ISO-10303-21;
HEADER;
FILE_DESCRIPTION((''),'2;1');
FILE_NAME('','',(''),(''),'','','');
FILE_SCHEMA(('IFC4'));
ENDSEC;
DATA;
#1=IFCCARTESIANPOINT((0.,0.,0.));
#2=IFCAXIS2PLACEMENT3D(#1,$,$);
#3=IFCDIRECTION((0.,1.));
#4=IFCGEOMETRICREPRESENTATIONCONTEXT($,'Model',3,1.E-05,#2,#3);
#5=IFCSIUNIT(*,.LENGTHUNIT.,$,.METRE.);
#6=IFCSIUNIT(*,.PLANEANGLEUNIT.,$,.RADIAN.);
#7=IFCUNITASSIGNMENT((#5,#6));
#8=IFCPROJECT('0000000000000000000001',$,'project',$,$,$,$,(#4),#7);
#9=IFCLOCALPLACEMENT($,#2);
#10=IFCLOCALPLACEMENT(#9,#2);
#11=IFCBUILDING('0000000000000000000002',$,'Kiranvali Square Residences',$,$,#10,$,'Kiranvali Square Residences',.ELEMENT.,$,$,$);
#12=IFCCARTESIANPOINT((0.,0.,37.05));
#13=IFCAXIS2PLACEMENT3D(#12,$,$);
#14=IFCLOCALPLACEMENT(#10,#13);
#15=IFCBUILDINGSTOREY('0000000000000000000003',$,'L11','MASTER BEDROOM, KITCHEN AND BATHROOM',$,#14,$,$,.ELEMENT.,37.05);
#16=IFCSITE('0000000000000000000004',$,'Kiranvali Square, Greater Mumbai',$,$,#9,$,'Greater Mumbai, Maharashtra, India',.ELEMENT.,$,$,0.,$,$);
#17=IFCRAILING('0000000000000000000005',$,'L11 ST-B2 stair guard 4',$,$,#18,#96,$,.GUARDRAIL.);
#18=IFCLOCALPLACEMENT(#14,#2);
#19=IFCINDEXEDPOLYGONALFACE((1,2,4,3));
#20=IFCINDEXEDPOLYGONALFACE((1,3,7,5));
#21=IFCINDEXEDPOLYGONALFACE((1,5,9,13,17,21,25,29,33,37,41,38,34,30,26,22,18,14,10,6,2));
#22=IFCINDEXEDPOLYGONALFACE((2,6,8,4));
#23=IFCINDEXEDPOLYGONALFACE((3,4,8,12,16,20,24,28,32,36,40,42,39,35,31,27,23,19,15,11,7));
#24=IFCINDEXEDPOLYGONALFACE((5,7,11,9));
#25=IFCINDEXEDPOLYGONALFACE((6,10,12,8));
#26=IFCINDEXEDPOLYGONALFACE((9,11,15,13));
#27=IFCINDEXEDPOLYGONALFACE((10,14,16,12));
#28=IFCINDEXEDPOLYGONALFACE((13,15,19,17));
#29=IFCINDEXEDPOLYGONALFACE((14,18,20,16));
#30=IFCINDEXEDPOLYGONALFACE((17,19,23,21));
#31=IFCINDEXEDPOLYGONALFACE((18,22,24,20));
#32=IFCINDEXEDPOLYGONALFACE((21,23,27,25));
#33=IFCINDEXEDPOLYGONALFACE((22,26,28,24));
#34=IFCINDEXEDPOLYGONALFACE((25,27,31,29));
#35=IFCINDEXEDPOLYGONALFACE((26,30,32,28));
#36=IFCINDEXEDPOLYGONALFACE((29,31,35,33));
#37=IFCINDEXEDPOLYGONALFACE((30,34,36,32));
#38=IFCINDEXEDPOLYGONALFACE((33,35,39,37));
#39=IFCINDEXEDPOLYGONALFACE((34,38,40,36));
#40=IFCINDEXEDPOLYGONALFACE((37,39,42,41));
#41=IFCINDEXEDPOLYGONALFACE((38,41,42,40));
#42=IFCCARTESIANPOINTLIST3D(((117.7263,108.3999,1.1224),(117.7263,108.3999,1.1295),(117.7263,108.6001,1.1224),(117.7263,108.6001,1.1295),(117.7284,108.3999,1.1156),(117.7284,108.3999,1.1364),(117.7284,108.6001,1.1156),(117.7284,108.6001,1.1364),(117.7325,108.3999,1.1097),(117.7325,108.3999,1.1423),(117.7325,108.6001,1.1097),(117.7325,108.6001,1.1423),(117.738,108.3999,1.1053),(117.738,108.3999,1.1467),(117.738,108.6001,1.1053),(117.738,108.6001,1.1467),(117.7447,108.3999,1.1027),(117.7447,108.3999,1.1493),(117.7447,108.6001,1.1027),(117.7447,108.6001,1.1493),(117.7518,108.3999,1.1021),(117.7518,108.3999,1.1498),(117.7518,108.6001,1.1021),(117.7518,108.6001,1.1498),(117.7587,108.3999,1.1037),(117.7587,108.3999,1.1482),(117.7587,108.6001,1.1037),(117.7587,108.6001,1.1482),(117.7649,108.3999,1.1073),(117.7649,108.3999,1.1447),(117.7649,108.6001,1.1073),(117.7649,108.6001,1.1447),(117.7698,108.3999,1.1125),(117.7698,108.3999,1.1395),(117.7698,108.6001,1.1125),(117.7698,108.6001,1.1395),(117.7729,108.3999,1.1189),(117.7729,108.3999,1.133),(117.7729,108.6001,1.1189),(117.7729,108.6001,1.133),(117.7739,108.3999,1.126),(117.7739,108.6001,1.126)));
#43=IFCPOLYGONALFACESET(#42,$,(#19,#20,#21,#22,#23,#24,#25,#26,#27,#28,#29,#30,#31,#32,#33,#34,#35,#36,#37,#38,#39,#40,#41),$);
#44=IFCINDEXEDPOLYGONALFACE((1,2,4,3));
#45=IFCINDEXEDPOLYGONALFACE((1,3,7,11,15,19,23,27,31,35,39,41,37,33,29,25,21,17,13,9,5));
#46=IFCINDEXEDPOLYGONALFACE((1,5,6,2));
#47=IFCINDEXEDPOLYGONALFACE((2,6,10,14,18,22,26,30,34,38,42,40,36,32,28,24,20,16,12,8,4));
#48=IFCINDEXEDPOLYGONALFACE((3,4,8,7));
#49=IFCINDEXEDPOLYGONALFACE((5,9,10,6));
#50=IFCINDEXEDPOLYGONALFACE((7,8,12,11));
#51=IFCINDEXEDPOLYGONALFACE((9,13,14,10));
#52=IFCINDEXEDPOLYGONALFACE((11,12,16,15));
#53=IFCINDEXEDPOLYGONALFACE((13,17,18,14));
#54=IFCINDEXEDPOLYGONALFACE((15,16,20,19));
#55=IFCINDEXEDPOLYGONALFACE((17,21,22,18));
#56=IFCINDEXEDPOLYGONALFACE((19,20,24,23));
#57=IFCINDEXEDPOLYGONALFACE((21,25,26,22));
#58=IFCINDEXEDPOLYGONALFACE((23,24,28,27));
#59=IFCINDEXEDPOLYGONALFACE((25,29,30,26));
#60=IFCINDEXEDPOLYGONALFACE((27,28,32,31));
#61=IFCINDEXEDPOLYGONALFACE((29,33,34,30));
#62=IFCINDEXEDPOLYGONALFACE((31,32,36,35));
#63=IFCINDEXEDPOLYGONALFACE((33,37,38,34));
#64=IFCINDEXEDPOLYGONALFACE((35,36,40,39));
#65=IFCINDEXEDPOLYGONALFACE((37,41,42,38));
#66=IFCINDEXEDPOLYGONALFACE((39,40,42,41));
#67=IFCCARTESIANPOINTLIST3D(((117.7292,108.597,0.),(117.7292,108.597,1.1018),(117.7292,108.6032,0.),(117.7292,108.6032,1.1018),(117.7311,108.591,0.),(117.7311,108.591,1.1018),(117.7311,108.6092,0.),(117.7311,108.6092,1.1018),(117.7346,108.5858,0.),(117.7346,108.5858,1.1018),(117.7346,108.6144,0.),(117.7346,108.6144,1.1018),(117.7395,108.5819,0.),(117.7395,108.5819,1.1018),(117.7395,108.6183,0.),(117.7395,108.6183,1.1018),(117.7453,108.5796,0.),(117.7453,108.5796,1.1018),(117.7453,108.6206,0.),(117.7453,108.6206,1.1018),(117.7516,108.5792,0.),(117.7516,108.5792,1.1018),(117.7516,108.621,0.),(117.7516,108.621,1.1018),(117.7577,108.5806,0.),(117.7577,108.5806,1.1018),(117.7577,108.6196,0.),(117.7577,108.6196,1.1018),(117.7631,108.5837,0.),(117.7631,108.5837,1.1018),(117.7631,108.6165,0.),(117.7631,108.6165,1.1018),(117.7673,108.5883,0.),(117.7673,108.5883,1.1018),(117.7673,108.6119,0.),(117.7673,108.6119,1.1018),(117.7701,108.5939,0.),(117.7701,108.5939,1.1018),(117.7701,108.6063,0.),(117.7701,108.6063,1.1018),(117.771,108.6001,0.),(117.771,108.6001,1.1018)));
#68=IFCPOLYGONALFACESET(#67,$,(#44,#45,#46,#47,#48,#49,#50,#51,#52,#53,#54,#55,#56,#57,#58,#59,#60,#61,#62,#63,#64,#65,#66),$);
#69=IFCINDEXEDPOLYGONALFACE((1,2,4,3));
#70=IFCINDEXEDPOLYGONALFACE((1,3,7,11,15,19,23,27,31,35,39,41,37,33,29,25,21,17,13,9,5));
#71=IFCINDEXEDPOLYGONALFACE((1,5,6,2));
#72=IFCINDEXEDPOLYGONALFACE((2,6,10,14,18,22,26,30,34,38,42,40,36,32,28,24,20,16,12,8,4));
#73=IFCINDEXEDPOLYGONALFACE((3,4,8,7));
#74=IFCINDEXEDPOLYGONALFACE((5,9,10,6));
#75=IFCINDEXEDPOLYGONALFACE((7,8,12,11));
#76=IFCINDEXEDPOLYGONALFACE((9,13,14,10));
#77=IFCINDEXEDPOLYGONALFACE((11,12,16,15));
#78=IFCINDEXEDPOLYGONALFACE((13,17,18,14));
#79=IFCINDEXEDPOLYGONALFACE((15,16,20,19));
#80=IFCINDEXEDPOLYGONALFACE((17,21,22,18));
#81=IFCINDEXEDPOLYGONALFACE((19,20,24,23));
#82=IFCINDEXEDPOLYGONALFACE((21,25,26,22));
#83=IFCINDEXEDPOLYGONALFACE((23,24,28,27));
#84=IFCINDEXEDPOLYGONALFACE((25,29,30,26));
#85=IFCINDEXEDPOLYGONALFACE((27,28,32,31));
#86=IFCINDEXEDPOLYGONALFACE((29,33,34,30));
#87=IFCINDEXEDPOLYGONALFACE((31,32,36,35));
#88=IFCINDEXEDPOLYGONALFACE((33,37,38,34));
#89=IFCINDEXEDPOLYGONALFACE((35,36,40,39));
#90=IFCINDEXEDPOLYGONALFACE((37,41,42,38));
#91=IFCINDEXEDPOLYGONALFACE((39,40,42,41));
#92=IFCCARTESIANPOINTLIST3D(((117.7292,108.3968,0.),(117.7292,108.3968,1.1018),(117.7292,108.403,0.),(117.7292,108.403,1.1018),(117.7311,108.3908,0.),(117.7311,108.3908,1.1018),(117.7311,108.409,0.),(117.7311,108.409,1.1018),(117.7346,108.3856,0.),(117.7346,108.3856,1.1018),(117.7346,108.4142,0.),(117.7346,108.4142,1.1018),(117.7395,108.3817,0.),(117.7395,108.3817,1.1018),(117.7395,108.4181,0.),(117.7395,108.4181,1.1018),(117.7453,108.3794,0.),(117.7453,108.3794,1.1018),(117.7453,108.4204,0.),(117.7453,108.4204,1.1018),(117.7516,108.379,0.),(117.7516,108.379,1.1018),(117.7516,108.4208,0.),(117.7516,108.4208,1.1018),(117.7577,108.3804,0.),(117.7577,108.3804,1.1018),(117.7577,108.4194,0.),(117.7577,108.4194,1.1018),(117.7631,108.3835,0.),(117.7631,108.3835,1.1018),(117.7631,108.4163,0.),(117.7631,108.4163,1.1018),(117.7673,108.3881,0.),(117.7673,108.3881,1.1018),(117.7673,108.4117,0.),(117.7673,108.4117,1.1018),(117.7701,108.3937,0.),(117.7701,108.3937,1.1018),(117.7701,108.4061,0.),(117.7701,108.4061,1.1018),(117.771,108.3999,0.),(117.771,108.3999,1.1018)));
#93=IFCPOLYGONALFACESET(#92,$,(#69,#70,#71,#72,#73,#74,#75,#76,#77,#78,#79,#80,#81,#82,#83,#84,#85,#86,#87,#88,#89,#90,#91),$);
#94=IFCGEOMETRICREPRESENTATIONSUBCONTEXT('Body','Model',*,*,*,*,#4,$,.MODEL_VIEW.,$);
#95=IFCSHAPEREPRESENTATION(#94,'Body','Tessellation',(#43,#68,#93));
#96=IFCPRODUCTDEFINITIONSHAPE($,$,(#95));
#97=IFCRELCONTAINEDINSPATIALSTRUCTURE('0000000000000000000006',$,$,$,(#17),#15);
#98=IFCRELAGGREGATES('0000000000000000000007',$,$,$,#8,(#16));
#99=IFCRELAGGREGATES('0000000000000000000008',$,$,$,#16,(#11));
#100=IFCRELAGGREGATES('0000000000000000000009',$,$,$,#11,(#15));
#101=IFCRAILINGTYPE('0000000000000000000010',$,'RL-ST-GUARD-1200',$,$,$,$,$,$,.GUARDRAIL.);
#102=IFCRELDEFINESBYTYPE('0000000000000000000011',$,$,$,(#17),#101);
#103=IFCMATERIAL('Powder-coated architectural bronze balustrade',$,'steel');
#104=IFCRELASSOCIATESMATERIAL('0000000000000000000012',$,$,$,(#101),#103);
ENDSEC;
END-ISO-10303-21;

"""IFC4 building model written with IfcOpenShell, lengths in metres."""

from ifc_helpers import new_model, si_unit, direction, frame, origin, origin_2d, place, context, subcontext, project, spatial, circle, extrude, material, type_object, element, save


model = new_model("IFC4")

# Units and contexts
model_context = context("Model", 3, precision=1e-05, world=origin(), true_north=direction((0.0, 1.0)))
body_context = subcontext(model_context, "Body", "Model", "MODEL_VIEW")
ifc_project = project(units=[si_unit("LENGTHUNIT", "METRE"), si_unit("PLANEANGLEUNIT", "RADIAN")], contexts=[model_context])

# Site, building, storey
site_placement = place(None, origin())
site = spatial("IfcSite", under=ifc_project, at=site_placement, Name="Kiranvali Square, Greater Mumbai", LongName="Greater Mumbai, Maharashtra, India", CompositionType="ELEMENT", RefElevation=0.0)
building_placement = place(site_placement, origin())
building = spatial("IfcBuilding", under=site, at=building_placement, Name="Kiranvali Square Residences", LongName="Kiranvali Square Residences", CompositionType="ELEMENT")
storey_placement = place(building_placement, frame((0.0, 0.0, 37.05)))
storey = spatial("IfcBuildingStorey", under=building, at=storey_placement, Name="L11", Description="MASTER BEDROOM, KITCHEN AND BATHROOM", CompositionType="ELEMENT", Elevation=37.05)

# Railing
ifc_material_1 = material(Name="Powder-coated architectural bronze balustrade", Category="steel")
railing_type_1 = type_object("IfcRailingType", Name="RL-ST-GUARD-1200", PredefinedType="GUARDRAIL", material=ifc_material_1)
railing_1_placement = place(storey_placement, frame((117.75, 108.6001, 0.0)))
element("IfcRailing", 1, at=railing_1_placement, inside=storey, type_object=railing_type_1, Name="L11 ST-B2 stair guard 4", PredefinedType="GUARDRAIL", context=body_context, shape_type="SweptSolid", body=[
    extrude(circle(Radius=0.0239, at=origin_2d()), frame((0.0, 0.0, 1.126), z_axis=(0.0, -1.0, 0.0), x_axis=(1.0, 0.0, 0.0)), (0.0, 0.0, 1.0), 0.2002),
    extrude(circle(Radius=0.021, at=origin_2d()), origin(), (0.0, 0.0, 1.0), 1.1018),
    extrude(circle(Radius=0.021, at=origin_2d()), frame((0.0, -0.2002, 0.0)), (0.0, 0.0, 1.0), 1.1018),
])

save(model, "model.ifc")
